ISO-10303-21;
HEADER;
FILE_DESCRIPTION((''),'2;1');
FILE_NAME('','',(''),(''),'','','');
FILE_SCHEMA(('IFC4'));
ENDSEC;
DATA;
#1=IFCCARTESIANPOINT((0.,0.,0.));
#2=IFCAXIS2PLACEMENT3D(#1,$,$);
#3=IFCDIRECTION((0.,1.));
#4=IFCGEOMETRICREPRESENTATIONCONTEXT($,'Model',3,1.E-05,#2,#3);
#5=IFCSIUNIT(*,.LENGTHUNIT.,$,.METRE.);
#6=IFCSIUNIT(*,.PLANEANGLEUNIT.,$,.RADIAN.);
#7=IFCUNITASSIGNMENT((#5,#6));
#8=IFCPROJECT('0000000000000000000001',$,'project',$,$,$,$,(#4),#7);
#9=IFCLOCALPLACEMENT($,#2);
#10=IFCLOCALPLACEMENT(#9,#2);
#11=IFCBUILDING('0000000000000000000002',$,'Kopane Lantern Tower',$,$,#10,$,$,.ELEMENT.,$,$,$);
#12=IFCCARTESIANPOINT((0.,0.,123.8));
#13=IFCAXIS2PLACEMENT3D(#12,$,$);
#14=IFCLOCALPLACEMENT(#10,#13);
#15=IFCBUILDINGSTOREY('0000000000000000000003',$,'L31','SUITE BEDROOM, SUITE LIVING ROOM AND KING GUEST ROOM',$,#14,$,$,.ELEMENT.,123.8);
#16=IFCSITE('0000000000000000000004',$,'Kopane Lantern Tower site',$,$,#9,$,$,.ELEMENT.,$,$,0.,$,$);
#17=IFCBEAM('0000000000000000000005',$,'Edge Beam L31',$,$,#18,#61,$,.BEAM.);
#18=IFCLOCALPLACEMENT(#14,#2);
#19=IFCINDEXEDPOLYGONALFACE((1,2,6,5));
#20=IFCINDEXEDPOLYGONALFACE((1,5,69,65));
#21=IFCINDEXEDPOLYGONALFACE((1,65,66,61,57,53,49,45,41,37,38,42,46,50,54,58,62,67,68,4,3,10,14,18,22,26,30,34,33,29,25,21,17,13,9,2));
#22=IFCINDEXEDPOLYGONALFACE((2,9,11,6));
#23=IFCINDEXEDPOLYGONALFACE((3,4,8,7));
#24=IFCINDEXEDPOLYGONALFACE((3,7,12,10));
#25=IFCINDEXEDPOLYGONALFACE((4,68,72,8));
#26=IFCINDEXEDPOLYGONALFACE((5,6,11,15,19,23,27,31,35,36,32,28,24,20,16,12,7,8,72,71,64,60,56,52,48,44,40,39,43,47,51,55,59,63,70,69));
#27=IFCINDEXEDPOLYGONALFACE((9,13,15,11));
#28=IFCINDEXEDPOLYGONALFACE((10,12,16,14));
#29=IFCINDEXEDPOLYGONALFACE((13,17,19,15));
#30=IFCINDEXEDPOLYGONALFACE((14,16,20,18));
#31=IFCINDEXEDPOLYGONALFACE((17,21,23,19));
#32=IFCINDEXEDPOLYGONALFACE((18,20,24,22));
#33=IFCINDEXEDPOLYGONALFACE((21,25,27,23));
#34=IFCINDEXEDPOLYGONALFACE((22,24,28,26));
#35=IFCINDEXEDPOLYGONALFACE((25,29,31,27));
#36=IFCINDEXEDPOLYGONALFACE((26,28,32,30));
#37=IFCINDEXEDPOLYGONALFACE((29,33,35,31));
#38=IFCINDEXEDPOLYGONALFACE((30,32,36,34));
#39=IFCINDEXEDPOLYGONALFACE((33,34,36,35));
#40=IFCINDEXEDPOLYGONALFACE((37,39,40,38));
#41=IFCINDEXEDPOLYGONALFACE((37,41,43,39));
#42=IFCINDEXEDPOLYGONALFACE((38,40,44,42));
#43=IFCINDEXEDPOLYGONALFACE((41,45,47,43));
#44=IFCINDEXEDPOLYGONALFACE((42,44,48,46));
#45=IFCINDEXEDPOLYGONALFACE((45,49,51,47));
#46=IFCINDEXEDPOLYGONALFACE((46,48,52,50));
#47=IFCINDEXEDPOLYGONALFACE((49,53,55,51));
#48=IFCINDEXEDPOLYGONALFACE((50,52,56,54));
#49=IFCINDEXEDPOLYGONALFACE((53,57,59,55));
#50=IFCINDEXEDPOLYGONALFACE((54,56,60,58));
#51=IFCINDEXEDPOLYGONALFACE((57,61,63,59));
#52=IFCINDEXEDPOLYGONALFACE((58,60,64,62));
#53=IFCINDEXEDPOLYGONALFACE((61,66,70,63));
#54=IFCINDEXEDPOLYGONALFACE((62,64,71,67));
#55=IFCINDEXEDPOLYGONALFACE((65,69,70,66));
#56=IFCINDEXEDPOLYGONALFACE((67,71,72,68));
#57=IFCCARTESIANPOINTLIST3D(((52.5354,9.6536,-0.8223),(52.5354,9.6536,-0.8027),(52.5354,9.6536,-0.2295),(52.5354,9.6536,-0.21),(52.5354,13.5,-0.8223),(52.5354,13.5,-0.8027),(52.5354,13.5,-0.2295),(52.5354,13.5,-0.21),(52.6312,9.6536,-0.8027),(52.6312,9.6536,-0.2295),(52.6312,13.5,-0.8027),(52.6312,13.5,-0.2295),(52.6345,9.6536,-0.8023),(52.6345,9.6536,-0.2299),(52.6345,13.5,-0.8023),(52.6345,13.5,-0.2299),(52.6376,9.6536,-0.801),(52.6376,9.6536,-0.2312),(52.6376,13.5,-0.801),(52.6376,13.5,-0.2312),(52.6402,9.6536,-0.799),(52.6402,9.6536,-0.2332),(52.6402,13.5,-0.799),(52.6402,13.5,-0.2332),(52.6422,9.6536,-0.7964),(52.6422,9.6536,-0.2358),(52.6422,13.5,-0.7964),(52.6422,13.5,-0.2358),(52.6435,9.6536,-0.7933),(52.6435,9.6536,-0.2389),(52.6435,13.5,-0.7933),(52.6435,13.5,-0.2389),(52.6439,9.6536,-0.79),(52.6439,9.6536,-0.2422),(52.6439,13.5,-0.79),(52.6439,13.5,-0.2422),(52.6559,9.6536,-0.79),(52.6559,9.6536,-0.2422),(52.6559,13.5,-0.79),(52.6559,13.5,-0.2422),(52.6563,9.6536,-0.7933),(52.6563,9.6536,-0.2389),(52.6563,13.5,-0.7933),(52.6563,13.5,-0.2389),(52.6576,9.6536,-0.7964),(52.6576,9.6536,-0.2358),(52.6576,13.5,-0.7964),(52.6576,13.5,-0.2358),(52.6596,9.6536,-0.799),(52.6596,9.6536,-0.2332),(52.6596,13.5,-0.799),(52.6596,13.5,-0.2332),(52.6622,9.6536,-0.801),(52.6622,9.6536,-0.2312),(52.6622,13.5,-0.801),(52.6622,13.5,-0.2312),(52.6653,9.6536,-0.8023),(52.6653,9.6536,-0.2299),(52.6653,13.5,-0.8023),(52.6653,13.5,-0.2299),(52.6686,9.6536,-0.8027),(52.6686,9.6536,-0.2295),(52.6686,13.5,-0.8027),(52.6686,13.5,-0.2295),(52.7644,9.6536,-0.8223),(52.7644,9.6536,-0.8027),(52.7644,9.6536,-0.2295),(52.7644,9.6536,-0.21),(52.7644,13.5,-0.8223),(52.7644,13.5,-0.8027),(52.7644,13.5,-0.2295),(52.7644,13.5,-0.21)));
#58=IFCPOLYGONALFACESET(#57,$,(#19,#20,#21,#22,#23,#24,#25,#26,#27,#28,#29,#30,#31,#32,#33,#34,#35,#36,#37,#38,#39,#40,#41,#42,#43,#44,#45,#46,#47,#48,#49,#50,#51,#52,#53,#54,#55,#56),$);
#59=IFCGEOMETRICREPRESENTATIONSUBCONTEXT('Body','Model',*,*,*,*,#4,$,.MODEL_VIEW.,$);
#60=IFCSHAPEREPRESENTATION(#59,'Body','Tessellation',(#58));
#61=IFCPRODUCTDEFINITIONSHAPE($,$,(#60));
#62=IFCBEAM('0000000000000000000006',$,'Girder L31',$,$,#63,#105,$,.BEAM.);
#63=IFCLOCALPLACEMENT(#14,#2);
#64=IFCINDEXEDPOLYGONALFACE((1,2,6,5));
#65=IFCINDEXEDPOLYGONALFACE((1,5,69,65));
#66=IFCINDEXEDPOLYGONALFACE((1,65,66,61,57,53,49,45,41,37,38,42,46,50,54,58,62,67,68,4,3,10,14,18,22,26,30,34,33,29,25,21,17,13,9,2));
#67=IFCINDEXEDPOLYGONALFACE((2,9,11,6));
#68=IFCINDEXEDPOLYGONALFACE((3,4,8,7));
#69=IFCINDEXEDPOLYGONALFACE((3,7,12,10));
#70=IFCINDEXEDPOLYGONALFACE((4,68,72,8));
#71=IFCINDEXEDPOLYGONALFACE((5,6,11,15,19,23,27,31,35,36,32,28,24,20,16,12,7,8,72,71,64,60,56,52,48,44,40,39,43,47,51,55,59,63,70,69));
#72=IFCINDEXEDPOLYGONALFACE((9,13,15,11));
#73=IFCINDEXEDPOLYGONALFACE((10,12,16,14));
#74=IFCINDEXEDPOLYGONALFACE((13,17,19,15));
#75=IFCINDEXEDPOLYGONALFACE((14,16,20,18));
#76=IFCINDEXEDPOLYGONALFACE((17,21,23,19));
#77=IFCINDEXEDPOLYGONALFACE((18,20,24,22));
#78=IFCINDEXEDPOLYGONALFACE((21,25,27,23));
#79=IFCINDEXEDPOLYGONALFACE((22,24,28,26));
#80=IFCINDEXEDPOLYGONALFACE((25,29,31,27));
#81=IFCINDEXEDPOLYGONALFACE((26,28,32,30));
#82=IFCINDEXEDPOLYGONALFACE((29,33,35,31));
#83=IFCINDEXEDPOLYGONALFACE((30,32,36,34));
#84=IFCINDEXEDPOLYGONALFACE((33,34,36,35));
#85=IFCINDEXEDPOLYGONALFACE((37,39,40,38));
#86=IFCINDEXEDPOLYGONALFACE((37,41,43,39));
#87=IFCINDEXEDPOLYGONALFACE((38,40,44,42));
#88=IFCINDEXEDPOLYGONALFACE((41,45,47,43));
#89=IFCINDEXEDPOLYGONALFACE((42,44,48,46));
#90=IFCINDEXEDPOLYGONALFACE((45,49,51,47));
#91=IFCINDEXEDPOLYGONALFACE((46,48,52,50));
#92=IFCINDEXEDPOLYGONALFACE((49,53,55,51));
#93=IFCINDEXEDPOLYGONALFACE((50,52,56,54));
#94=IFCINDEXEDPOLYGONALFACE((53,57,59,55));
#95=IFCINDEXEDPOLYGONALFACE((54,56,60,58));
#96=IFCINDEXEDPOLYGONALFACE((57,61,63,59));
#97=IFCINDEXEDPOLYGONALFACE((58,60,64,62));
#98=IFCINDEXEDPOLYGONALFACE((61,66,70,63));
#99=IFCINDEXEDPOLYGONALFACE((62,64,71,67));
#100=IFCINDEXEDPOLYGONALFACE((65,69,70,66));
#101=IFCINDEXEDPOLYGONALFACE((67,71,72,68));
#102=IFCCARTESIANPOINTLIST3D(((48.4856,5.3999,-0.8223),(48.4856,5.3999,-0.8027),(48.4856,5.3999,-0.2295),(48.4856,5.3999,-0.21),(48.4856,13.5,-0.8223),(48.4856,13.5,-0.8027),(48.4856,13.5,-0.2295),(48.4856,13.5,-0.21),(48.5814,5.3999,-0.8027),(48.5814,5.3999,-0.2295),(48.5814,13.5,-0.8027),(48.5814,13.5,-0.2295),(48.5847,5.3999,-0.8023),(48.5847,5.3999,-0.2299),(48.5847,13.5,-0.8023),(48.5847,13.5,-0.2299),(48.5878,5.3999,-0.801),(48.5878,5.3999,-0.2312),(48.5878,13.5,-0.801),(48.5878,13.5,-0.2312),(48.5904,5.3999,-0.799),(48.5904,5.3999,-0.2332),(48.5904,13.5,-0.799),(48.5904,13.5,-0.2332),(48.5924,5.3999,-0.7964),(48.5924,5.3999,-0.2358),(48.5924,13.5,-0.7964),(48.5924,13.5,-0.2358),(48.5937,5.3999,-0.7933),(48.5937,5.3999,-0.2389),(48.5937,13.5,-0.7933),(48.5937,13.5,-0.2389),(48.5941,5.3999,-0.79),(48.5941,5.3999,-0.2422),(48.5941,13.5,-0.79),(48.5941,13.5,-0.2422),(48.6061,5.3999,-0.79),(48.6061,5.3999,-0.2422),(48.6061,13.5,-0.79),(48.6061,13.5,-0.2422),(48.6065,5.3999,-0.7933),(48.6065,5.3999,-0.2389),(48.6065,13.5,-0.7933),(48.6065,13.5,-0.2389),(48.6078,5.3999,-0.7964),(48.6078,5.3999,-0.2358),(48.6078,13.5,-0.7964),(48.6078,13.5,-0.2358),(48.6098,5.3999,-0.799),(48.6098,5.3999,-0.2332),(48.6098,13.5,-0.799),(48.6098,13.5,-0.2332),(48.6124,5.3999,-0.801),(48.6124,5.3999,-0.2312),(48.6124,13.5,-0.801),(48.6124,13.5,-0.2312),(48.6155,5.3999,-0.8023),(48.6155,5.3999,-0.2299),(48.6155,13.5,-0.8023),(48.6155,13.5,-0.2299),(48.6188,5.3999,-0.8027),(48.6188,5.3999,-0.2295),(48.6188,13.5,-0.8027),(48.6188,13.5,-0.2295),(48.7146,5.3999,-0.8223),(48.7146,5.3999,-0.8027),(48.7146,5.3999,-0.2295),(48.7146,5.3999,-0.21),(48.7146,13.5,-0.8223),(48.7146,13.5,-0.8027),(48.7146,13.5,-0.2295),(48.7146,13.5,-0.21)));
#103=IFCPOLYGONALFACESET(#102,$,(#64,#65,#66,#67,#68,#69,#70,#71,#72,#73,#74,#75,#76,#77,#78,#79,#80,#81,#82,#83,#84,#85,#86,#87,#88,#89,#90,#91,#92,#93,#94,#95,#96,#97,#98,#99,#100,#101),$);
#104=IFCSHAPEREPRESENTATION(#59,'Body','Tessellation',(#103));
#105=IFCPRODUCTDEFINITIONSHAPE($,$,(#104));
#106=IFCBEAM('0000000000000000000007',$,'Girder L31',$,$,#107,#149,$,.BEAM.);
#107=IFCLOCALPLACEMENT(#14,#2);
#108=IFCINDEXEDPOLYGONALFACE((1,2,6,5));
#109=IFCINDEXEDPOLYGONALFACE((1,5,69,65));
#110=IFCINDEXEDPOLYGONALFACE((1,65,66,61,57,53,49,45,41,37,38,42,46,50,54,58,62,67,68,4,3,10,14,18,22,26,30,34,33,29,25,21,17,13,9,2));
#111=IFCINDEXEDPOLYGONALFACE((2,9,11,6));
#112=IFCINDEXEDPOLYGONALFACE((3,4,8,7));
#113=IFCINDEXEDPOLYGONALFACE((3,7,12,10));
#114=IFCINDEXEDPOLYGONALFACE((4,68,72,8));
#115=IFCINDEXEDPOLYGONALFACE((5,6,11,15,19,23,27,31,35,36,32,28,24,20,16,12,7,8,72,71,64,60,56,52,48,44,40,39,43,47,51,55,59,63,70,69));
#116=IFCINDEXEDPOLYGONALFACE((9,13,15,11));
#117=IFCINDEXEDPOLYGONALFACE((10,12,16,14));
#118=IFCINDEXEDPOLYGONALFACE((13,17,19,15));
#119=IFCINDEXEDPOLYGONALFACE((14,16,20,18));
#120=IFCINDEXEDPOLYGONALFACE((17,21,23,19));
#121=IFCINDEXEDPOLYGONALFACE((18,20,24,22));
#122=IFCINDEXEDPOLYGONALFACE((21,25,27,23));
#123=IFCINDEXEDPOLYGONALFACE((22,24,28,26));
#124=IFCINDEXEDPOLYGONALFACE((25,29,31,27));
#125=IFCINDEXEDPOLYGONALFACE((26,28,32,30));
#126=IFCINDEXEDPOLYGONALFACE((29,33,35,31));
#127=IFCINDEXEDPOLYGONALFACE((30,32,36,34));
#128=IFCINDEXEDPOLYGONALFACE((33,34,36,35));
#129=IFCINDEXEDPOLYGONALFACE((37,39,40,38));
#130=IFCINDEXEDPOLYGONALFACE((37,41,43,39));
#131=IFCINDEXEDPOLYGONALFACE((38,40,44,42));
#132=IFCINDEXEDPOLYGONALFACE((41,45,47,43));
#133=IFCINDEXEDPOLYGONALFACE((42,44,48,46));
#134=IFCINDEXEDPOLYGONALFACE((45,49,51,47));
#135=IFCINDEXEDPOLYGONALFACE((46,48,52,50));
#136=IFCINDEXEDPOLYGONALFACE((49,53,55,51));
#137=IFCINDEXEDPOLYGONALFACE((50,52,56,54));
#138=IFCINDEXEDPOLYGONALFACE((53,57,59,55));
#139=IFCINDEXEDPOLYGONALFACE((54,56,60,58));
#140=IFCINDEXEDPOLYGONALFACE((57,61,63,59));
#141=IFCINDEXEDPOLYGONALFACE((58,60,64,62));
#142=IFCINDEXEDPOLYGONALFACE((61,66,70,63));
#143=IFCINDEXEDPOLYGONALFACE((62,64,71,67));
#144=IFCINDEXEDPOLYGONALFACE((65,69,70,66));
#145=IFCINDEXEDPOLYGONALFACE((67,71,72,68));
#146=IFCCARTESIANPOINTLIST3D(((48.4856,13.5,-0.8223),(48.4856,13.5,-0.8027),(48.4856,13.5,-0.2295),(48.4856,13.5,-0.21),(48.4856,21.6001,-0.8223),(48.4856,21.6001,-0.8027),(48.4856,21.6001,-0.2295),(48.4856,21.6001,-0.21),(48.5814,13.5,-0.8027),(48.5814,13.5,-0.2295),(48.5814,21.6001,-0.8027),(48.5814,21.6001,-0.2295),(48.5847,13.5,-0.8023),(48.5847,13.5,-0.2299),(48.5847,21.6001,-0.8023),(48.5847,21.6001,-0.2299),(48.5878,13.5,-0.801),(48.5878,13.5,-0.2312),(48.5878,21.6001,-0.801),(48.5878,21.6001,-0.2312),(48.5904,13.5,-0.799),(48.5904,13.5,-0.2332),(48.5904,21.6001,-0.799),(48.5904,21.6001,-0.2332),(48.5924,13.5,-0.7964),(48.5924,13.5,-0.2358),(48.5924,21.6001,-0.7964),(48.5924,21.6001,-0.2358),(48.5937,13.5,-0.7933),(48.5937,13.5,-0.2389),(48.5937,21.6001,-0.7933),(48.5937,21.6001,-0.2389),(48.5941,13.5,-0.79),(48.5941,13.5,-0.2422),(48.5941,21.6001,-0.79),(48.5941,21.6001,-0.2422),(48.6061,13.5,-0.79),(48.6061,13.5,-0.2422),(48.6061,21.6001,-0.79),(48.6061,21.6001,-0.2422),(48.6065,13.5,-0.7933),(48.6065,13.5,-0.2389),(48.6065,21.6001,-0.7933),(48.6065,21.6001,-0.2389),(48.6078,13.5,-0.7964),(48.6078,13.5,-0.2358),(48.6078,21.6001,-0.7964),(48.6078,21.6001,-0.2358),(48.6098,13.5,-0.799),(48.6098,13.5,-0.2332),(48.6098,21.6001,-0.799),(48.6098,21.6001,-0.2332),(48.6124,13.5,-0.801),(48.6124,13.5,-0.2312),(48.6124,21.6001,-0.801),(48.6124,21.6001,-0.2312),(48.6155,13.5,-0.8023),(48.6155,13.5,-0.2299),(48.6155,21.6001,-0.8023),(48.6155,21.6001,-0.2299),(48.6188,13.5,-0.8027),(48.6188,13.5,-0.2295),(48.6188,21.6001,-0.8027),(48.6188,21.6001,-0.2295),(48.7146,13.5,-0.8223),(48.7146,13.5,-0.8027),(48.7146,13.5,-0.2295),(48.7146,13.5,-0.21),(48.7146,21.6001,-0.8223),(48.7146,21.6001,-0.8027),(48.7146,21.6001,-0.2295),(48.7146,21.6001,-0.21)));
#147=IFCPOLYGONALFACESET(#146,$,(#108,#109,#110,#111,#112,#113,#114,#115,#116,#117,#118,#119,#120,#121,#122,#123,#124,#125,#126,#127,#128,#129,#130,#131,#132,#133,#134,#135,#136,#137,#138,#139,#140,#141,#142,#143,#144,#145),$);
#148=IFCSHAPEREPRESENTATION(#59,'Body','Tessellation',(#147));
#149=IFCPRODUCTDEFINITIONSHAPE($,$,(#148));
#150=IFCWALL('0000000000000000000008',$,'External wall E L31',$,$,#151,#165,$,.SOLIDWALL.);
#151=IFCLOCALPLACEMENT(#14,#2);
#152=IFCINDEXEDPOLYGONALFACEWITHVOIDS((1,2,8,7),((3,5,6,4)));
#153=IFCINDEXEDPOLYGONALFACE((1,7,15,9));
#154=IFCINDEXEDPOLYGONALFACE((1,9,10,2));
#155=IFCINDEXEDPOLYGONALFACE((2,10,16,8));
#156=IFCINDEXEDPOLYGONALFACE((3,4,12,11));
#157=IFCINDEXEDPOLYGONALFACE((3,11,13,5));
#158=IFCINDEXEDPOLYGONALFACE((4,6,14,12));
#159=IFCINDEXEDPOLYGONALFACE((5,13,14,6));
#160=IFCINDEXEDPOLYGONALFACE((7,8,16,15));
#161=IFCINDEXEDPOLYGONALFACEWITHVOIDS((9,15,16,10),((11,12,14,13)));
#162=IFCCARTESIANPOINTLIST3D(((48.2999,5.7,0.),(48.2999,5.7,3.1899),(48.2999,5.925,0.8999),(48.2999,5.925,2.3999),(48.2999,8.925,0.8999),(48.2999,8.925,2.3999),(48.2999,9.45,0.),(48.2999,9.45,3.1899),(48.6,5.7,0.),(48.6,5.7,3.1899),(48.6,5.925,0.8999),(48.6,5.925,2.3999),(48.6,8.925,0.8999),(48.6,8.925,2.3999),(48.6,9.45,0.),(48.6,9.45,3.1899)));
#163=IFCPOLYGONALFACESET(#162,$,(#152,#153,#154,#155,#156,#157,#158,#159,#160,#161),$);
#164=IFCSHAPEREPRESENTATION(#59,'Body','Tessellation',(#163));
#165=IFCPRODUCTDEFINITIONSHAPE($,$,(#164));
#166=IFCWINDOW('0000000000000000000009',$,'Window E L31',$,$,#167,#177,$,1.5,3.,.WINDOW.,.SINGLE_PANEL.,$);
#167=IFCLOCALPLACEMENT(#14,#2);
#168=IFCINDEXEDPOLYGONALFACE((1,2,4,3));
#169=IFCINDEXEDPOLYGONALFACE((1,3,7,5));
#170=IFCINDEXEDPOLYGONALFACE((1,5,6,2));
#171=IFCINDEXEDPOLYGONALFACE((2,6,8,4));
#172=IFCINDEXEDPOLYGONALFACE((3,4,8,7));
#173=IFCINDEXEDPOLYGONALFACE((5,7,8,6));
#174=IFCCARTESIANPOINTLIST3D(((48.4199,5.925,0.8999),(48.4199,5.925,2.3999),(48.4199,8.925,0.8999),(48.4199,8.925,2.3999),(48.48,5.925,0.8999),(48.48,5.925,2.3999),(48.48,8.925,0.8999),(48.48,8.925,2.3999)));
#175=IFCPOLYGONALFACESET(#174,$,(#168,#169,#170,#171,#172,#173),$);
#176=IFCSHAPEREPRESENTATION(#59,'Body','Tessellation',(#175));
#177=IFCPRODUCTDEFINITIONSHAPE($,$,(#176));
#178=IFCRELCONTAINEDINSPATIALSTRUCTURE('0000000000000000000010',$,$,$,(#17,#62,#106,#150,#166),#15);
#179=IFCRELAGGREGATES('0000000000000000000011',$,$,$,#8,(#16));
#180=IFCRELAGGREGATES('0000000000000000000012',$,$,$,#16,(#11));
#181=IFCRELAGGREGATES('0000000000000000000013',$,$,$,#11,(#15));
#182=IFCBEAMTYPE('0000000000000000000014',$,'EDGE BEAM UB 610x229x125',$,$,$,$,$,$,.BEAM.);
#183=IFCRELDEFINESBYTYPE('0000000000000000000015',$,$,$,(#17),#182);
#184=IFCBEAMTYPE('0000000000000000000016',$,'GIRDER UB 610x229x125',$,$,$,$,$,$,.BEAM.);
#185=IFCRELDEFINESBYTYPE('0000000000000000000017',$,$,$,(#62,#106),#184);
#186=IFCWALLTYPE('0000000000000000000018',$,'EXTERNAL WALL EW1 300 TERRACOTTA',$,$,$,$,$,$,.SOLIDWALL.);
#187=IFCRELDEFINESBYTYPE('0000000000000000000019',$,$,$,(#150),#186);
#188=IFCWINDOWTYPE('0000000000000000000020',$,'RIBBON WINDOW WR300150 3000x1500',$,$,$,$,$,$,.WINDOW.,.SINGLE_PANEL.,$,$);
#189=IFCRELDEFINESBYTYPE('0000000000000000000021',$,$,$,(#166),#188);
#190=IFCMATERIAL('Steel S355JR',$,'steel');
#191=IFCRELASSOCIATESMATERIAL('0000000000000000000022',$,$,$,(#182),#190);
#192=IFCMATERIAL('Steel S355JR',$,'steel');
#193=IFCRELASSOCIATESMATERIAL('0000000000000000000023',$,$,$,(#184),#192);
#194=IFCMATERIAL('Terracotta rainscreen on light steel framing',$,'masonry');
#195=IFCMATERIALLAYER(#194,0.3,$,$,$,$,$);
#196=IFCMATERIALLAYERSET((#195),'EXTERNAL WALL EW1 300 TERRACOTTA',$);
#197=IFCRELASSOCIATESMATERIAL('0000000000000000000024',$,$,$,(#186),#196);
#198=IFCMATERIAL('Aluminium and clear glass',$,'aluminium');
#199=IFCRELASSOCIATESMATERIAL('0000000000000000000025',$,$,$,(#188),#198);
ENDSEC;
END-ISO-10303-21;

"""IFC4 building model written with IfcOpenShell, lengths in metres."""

from ifc_helpers import new_model, si_unit, direction, frame, frame_2d, origin, origin_2d, place, context, subcontext, project, spatial, rectangle, i_section, extrude, material, layer, layer_set, material_profile, profile_set, type_object, element, fill, save


model = new_model("IFC4")

# Units and contexts
model_context = context("Model", 3, precision=1e-05, world=origin(), true_north=direction((0.0, 1.0)))
body_context = subcontext(model_context, "Body", "Model", "MODEL_VIEW")
ifc_project = project(units=[si_unit("LENGTHUNIT", "METRE"), si_unit("PLANEANGLEUNIT", "RADIAN")], contexts=[model_context])

# Site, building, storey
site_placement = place(None, origin())
site = spatial("IfcSite", under=ifc_project, at=site_placement, Name="Kopane Lantern Tower site", CompositionType="ELEMENT", RefElevation=0.0)
building_placement = place(site_placement, origin())
building = spatial("IfcBuilding", under=site, at=building_placement, Name="Kopane Lantern Tower", CompositionType="ELEMENT")
storey_placement = place(building_placement, frame((0.0, 0.0, 123.8)))
storey = spatial("IfcBuildingStorey", under=building, at=storey_placement, Name="L31", Description="SUITE BEDROOM, SUITE LIVING ROOM AND KING GUEST ROOM", CompositionType="ELEMENT", Elevation=123.8)

# Beams
ifc_material_1 = material(Name="Steel S355JR", Category="steel")
ifc_material_profile_1 = material_profile(ifc_material_1, i_section(OverallWidth=0.229, OverallDepth=0.6123, WebThickness=0.012, FlangeThickness=0.0195, FilletRadius=0.0127, at=origin_2d()), Name="UB 610x229x125")
ifc_profile_set_1 = profile_set([ifc_material_profile_1], Name="Steel S355JR")
beam_type_1 = type_object("IfcBeamType", Name="EDGE BEAM UB 610x229x125", PredefinedType="BEAM", material=ifc_profile_set_1)
for number, where, z_axis, x_axis, name in (
    (1, (52.6499, 9.6536, -0.5161), (0.0, 1.0, 0.0), (-1.0, 0.0, 0.0), "Edge Beam L31"),
):
    element("IfcBeam", number, at=place(storey_placement, frame(where, z_axis=z_axis, x_axis=x_axis)), inside=storey, type_object=beam_type_1, Name=name, PredefinedType="BEAM", context=body_context, shape_type="SweptSolid", body=[
        extrude(i_section(OverallWidth=0.229, OverallDepth=0.6123, WebThickness=0.012, FlangeThickness=0.0195, FilletRadius=0.0127, at=origin_2d()), origin(), (0.0, 0.0, 1.0), 3.8464),
    ])
ifc_material_2 = material(Name="Steel S355JR", Category="steel")
ifc_material_profile_2 = material_profile(ifc_material_2, i_section(OverallWidth=0.229, OverallDepth=0.6123, WebThickness=0.012, FlangeThickness=0.0195, FilletRadius=0.0127, at=origin_2d()), Name="UB 610x229x125")
ifc_profile_set_2 = profile_set([ifc_material_profile_2], Name="Steel S355JR")
beam_type_2 = type_object("IfcBeamType", Name="GIRDER UB 610x229x125", PredefinedType="BEAM", material=ifc_profile_set_2)
for number, where, z_axis, x_axis, name in (
    (2, (48.6001, 5.3999, -0.5161), (0.0, 1.0, 0.0), (-1.0, 0.0, 0.0), "Girder L31"),
    (3, (48.6001, 13.5, -0.5161), (0.0, 1.0, 0.0), (-1.0, 0.0, 0.0), "Girder L31"),
):
    element("IfcBeam", number, at=place(storey_placement, frame(where, z_axis=z_axis, x_axis=x_axis)), inside=storey, type_object=beam_type_2, Name=name, PredefinedType="BEAM", context=body_context, shape_type="SweptSolid", body=[
        extrude(i_section(OverallWidth=0.229, OverallDepth=0.6123, WebThickness=0.012, FlangeThickness=0.0195, FilletRadius=0.0127, at=origin_2d()), origin(), (0.0, 0.0, 1.0), 8.1001),
    ])

# Wall, opening, window
ifc_material_3 = material(Name="Terracotta rainscreen on light steel framing", Category="masonry")
ifc_layer = layer(ifc_material_3, 0.3)
ifc_layer_set = layer_set([ifc_layer], Name="EXTERNAL WALL EW1 300 TERRACOTTA")
wall_type = type_object("IfcWallType", Name="EXTERNAL WALL EW1 300 TERRACOTTA", PredefinedType="SOLIDWALL", material=ifc_layer_set)
wall_1_placement = place(storey_placement, frame((48.45, 5.7, 0.0), z_axis=(0.0, 0.0, 1.0), x_axis=(0.0, 1.0, 0.0)))
wall_1 = element("IfcWall", 4, at=wall_1_placement, inside=storey, type_object=wall_type, Name="External wall E L31", PredefinedType="SOLIDWALL", context=body_context, shape_type="SweptSolid", body=[
    extrude(rectangle(XDim=3.75, YDim=0.3, at=frame_2d((1.875, 0.0))), origin(), (0.0, 0.0, 1.0), 3.1899),
])
opening_1_placement = place(wall_1_placement, frame((0.2251, 0.0, 0.8999)))
opening_1 = element("IfcOpeningElement", 5, at=opening_1_placement, cuts=wall_1, PredefinedType="OPENING", context=body_context, shape_type="SweptSolid", body=[
    extrude(rectangle(XDim=3.0, YDim=1.5, at=frame_2d((1.5, 0.75))), frame((0.0, 0.1599, 0.0), z_axis=(0.0, -1.0, 0.0), x_axis=(1.0, 0.0, 0.0)), (0.0, 0.0, 1.0), 0.3201),
])
ifc_material_4 = material(Name="Aluminium and clear glass", Category="aluminium")
window_type = type_object("IfcWindowType", Name="RIBBON WINDOW WR300150 3000x1500", PartitioningType="SINGLE_PANEL", PredefinedType="WINDOW", material=ifc_material_4)
window_1_placement = place(opening_1_placement, origin())
window_1 = element("IfcWindow", 6, at=window_1_placement, inside=storey, type_object=window_type, Name="Window E L31", OverallHeight=1.5, OverallWidth=3.0, PartitioningType="SINGLE_PANEL", PredefinedType="WINDOW", context=body_context, shape_type="SweptSolid", body=[
    extrude(rectangle(XDim=3.0, YDim=1.5, at=frame_2d((1.5, 0.75))), frame((0.0, 0.03, 0.0), z_axis=(0.0, -1.0, 0.0), x_axis=(1.0, 0.0, 0.0)), (0.0, 0.0, 1.0), 0.0601),
])
fill(opening_1, window_1)

save(model, "model.ifc")
